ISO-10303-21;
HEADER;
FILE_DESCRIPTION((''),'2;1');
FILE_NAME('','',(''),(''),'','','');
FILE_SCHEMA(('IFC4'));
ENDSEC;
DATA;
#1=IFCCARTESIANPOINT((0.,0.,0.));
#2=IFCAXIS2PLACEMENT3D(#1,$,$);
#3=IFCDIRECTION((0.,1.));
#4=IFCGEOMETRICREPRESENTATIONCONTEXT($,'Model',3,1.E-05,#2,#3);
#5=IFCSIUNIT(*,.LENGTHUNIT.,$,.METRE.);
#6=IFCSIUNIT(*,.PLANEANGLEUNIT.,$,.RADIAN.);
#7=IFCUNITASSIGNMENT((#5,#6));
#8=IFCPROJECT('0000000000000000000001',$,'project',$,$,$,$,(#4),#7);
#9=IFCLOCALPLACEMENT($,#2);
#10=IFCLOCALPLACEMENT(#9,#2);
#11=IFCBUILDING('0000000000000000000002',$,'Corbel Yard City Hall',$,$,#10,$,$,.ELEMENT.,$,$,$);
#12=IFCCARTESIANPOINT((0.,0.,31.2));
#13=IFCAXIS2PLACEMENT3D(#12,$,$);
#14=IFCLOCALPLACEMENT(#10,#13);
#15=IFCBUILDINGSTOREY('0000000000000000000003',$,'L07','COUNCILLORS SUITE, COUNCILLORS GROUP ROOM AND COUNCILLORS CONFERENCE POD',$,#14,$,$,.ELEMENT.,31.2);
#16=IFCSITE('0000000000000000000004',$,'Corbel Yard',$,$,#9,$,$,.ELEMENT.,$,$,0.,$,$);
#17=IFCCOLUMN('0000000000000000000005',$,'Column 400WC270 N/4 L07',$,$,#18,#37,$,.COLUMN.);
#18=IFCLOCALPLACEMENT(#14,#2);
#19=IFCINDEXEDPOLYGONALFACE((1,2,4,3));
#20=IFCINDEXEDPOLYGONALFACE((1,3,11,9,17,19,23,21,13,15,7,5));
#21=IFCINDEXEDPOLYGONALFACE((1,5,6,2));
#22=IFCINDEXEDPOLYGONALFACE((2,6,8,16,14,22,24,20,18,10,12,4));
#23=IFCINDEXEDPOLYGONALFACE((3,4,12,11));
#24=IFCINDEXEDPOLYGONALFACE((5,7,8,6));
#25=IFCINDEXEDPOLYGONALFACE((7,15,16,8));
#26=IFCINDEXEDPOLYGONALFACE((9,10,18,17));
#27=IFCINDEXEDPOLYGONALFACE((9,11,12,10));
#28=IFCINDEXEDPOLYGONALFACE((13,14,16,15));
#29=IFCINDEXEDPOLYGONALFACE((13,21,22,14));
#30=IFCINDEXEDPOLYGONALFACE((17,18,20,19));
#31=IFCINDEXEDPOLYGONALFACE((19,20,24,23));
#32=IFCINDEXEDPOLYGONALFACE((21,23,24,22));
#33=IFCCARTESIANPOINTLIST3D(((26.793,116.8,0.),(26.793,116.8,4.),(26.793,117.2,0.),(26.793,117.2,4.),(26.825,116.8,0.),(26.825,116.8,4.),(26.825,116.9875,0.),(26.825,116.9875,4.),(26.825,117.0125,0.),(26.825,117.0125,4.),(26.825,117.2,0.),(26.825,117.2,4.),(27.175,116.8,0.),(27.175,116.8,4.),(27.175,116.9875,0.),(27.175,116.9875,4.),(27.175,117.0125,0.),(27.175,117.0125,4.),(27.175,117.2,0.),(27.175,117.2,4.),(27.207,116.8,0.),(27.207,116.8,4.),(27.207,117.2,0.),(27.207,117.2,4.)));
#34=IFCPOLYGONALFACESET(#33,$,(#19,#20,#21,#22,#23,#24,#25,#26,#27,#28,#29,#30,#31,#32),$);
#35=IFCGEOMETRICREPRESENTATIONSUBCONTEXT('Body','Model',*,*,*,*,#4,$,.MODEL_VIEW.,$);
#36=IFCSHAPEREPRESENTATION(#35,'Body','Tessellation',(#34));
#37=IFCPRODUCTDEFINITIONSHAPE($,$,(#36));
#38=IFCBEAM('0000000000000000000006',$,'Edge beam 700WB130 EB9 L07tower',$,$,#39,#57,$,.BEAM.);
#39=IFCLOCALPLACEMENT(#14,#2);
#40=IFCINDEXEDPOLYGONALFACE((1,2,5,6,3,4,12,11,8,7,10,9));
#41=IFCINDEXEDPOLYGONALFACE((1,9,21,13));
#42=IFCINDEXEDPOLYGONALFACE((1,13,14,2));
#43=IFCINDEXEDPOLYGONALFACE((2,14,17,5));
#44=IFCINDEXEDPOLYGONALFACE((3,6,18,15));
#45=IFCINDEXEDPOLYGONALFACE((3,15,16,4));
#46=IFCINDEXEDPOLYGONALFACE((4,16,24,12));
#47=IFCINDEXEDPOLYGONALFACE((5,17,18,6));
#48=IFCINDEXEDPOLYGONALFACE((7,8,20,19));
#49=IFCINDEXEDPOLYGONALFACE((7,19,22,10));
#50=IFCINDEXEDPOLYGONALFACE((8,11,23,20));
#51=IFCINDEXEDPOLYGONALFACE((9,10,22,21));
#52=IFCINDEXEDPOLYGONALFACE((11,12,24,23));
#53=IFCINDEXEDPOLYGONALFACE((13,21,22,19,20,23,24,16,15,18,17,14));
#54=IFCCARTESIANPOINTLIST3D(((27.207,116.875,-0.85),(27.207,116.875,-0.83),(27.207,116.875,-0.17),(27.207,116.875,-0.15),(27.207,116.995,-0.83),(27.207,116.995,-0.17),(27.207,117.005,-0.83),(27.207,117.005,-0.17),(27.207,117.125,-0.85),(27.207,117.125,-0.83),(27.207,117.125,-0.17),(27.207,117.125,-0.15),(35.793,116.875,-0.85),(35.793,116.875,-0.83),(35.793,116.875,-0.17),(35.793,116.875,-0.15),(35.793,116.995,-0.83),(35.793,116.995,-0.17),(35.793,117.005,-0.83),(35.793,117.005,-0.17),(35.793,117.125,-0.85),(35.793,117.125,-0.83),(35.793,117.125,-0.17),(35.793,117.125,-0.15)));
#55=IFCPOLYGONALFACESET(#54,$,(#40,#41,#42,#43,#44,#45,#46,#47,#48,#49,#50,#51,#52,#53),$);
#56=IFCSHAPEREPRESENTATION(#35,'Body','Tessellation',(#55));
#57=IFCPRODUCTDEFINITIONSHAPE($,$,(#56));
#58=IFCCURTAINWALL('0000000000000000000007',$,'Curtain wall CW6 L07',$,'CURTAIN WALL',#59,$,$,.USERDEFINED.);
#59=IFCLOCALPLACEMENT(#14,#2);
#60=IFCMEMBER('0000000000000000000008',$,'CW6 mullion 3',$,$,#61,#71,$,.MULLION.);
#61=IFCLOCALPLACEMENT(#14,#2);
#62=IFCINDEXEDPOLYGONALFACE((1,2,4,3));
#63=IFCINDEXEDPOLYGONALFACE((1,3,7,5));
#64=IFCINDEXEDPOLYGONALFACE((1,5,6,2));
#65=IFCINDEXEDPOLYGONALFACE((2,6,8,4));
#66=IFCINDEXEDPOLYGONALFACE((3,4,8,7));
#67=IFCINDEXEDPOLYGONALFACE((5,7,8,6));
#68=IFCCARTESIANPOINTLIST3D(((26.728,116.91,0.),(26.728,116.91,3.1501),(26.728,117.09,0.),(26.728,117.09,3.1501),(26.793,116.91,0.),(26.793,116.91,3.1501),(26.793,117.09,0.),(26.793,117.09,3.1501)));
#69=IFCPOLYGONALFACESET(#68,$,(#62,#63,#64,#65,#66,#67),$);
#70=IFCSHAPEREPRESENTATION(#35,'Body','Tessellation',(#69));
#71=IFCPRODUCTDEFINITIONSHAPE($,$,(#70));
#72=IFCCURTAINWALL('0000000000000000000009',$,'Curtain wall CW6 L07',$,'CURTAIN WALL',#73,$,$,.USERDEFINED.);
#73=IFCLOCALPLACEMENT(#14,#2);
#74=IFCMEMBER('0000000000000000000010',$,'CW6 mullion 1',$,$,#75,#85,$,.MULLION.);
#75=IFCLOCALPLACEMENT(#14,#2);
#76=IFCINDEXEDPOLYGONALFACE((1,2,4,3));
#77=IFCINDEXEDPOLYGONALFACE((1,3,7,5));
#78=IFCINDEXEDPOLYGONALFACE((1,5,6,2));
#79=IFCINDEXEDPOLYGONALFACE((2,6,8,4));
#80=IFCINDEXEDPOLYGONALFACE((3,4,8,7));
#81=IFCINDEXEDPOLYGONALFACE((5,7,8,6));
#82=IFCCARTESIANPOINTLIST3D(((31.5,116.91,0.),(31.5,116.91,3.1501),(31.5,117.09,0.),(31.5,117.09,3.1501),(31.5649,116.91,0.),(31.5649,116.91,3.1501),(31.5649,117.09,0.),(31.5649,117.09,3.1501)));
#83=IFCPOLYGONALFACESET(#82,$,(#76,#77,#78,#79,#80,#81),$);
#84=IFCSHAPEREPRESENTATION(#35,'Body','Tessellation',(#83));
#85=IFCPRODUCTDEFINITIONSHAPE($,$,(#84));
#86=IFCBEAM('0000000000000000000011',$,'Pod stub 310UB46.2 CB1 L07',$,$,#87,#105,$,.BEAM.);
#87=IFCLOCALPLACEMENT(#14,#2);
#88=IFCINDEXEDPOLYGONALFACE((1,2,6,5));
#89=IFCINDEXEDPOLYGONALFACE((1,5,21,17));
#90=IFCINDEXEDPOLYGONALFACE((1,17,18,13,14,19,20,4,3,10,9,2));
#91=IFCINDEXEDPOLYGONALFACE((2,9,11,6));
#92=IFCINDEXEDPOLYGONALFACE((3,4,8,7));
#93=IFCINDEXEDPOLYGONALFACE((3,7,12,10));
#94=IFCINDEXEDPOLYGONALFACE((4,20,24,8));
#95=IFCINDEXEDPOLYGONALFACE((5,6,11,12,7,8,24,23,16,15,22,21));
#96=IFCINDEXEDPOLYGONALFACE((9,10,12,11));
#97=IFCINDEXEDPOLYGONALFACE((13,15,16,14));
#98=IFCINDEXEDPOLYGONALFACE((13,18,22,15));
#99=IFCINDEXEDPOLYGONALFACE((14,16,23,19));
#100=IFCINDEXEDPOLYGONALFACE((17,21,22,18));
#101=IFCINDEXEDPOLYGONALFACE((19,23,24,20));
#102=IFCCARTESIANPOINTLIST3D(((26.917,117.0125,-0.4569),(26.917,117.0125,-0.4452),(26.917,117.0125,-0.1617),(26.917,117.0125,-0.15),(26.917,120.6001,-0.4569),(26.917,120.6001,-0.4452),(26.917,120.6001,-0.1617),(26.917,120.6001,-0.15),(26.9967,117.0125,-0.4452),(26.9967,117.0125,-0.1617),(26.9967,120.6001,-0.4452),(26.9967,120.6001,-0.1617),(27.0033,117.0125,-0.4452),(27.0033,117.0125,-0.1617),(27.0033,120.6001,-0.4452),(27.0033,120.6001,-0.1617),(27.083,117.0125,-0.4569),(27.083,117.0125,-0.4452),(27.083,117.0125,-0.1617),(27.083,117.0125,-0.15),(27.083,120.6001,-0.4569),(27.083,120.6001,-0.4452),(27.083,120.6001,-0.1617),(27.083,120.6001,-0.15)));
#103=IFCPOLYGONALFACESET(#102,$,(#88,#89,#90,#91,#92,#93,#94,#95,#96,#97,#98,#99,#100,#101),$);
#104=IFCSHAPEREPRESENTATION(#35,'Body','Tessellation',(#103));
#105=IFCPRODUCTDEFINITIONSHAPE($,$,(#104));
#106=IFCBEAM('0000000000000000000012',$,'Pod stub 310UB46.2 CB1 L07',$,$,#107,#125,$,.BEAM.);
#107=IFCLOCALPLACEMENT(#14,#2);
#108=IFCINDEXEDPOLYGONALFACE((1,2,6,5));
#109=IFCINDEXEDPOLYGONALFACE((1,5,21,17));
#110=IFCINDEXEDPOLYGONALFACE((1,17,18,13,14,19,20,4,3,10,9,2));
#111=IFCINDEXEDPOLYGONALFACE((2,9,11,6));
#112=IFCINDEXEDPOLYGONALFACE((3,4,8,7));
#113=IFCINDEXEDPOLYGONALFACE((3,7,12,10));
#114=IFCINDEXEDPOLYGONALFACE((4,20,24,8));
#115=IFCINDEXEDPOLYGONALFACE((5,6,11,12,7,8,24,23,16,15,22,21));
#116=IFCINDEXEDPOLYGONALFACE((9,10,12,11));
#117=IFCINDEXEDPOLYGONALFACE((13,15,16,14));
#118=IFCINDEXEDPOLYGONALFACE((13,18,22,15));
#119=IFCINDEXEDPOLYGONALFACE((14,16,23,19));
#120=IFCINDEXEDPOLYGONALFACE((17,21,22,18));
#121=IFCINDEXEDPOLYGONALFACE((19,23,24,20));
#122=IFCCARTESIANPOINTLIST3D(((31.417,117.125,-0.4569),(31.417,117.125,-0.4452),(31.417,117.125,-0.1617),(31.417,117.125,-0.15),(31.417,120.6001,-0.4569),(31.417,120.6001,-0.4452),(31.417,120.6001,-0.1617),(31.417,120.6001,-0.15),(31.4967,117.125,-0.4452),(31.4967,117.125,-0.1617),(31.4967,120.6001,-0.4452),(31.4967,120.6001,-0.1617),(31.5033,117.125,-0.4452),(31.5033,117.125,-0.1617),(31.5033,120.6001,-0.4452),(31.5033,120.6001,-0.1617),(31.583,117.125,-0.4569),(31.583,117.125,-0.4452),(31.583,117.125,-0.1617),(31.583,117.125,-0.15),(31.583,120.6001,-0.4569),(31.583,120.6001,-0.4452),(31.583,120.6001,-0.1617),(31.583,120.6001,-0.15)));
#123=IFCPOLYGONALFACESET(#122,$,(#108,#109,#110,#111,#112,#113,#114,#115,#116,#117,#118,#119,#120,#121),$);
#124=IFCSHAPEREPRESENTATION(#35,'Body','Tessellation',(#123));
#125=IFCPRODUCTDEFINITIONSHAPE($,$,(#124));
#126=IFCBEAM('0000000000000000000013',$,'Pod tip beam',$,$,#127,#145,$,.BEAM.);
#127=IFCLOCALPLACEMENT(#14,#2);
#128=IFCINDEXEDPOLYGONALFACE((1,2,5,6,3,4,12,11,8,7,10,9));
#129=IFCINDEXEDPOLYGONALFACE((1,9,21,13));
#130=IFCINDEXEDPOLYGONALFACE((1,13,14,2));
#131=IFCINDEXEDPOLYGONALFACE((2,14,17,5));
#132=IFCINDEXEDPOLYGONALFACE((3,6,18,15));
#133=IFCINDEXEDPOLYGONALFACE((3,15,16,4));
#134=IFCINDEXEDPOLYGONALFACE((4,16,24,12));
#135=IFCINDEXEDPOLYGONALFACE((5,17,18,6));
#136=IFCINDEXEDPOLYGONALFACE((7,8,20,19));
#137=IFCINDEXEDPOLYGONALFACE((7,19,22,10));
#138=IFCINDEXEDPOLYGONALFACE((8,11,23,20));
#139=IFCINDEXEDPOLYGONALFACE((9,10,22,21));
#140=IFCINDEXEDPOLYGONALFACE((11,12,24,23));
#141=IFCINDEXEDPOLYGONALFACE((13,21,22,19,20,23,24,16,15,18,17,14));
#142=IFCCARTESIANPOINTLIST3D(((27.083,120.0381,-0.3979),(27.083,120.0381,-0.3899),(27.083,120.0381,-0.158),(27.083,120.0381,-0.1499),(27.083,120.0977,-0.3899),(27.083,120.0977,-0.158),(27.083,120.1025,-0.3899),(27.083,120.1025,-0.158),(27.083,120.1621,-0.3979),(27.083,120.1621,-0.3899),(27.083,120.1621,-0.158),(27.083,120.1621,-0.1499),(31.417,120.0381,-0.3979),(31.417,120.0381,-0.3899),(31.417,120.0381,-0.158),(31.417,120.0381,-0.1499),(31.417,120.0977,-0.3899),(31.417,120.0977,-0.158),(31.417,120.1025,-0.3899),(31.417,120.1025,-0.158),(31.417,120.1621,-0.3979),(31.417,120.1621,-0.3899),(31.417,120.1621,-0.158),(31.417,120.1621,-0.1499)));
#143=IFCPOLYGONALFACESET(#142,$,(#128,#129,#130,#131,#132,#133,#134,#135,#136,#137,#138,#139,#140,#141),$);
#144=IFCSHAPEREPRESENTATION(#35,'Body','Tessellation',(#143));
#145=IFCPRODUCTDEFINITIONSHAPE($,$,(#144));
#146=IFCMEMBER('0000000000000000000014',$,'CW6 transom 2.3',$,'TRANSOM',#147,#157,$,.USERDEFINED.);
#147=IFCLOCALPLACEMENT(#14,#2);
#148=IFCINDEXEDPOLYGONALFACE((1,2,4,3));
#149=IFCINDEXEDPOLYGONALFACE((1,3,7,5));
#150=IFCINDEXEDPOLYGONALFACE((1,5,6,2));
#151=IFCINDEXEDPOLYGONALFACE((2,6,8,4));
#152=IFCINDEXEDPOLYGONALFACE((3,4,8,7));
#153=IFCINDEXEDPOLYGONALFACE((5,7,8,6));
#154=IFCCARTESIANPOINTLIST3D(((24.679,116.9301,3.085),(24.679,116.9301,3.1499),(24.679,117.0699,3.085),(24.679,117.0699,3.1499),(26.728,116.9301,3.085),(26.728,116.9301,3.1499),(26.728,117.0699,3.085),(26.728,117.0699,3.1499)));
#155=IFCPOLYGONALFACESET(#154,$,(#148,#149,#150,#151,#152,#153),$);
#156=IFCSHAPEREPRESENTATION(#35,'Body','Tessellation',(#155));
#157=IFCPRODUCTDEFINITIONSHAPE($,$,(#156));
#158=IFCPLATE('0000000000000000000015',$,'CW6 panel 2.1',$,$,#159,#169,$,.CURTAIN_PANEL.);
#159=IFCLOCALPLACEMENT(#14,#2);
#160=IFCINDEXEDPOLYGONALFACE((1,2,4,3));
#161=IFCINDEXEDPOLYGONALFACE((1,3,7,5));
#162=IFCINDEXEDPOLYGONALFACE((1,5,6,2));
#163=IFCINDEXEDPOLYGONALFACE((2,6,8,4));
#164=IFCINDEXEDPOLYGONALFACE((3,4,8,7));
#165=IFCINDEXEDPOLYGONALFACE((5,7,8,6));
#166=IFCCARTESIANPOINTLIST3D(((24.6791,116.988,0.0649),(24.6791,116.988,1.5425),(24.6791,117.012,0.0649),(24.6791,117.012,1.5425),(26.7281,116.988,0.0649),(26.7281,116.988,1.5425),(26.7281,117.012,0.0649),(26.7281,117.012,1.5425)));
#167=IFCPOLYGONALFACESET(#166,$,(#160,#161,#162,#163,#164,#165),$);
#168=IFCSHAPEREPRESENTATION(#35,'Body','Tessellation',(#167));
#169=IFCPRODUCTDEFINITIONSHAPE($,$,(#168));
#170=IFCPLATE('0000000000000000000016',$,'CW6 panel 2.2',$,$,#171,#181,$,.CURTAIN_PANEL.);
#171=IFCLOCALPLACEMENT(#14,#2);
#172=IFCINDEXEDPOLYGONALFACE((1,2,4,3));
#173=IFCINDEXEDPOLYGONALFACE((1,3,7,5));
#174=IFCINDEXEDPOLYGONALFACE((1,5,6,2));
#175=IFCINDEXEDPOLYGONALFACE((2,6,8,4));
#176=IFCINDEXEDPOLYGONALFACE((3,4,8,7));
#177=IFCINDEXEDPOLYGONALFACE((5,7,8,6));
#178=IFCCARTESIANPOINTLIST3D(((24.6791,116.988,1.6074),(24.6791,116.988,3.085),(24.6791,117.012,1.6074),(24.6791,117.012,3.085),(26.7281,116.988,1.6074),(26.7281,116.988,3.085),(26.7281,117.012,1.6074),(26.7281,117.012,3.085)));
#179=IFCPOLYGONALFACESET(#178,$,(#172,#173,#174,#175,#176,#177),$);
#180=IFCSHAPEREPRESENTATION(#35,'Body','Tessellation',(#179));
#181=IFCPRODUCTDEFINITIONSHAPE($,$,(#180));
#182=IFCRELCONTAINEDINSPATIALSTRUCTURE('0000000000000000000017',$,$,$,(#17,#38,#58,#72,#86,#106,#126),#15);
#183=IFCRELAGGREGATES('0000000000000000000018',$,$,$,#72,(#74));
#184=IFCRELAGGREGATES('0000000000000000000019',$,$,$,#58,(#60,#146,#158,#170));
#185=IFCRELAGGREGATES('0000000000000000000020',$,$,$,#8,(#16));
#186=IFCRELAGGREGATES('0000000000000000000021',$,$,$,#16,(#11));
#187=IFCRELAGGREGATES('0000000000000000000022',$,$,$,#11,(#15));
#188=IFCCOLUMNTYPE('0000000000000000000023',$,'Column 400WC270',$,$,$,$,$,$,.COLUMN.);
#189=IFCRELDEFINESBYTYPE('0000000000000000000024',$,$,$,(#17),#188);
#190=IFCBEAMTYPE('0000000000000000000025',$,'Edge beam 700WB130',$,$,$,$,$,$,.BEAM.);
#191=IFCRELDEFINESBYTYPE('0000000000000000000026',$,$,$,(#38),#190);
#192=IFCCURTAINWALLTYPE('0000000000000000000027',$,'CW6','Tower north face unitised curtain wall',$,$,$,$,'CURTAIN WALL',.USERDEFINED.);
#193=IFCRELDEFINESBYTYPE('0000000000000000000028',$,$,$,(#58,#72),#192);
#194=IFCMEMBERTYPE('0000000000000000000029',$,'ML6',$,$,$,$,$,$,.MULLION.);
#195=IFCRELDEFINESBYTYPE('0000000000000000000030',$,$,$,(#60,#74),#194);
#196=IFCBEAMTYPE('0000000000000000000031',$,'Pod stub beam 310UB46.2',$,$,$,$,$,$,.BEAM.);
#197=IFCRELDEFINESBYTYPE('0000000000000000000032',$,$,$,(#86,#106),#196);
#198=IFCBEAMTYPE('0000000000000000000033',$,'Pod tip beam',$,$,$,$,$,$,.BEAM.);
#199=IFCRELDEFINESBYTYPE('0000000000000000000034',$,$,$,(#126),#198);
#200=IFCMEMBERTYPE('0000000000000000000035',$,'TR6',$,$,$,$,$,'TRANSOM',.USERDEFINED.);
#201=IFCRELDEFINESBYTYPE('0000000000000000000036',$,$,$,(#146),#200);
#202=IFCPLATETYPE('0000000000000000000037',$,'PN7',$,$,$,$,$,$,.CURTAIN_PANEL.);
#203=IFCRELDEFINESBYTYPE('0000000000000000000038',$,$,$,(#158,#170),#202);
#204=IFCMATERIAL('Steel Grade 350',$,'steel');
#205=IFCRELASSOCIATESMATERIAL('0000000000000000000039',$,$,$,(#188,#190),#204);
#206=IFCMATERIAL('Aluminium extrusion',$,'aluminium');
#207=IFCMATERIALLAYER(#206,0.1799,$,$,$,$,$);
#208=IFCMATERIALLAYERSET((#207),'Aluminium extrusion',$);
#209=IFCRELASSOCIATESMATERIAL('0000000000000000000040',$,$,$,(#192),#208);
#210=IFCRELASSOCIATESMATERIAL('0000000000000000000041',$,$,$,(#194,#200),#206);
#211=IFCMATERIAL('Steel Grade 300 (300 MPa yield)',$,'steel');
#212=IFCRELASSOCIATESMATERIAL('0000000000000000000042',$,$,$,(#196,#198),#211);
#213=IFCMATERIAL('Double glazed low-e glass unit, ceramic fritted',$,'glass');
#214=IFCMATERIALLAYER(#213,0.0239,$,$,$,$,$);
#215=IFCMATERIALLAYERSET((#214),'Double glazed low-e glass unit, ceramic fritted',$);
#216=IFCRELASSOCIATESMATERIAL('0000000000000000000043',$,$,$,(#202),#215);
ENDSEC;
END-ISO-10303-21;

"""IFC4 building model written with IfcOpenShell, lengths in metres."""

from ifc_helpers import new_model, si_unit, direction, frame, origin, origin_2d, place, context, subcontext, project, spatial, rectangle, i_section, extrude, material, layer, layer_set, material_profile, profile_set, type_object, element, aggregate, save


model = new_model("IFC4")

# Units and contexts
model_context = context("Model", 3, precision=1e-05, world=origin(), true_north=direction((0.0, 1.0)))
body_context = subcontext(model_context, "Body", "Model", "MODEL_VIEW")
ifc_project = project(units=[si_unit("LENGTHUNIT", "METRE"), si_unit("PLANEANGLEUNIT", "RADIAN")], contexts=[model_context])

# Site, building, storey
site_placement = place(None, origin())
site = spatial("IfcSite", under=ifc_project, at=site_placement, Name="Corbel Yard", CompositionType="ELEMENT", RefElevation=0.0)
building_placement = place(site_placement, origin())
building = spatial("IfcBuilding", under=site, at=building_placement, Name="Corbel Yard City Hall", CompositionType="ELEMENT")
storey_placement = place(building_placement, frame((0.0, 0.0, 31.2)))
storey = spatial("IfcBuildingStorey", under=building, at=storey_placement, Name="L07", Description="COUNCILLORS SUITE, COUNCILLORS GROUP ROOM AND COUNCILLORS CONFERENCE POD", CompositionType="ELEMENT", Elevation=31.2)

# Column
ifc_material_1 = material(Name="Steel Grade 350", Category="steel")
ifc_material_profile_1 = material_profile(ifc_material_1, i_section(OverallWidth=0.3999, OverallDepth=0.4141, WebThickness=0.0249, FlangeThickness=0.032, at=origin_2d()), Name="400WC270")
ifc_profile_set_1 = profile_set([ifc_material_profile_1], Name="Steel Grade 350")
column_type = type_object("IfcColumnType", Name="Column 400WC270", PredefinedType="COLUMN", material=ifc_profile_set_1)
column_placement = place(storey_placement, frame((27.0, 117.0, 0.0), z_axis=(0.0, 0.0, 1.0), x_axis=(0.0, 1.0, 0.0)))
element("IfcColumn", 1, at=column_placement, inside=storey, type_object=column_type, Name="Column 400WC270 N/4 L07", PredefinedType="COLUMN", context=body_context, shape_type="SweptSolid", body=[
    extrude(i_section(OverallWidth=0.3999, OverallDepth=0.4141, WebThickness=0.0249, FlangeThickness=0.032, at=origin_2d()), origin(), (0.0, 0.0, 1.0), 4.0),
])

# Beam
ifc_material_profile_2 = material_profile(ifc_material_1, i_section(OverallWidth=0.25, OverallDepth=0.7, WebThickness=0.01, FlangeThickness=0.02, at=origin_2d()), Name="700WB130")
ifc_profile_set_2 = profile_set([ifc_material_profile_2], Name="Steel Grade 350")
beam_type_1 = type_object("IfcBeamType", Name="Edge beam 700WB130", PredefinedType="BEAM", material=ifc_profile_set_2)
beam_1_placement = place(storey_placement, frame((27.207, 117.0, -0.5), z_axis=(1.0, 0.0, 0.0), x_axis=(0.0, 1.0, 0.0)))
element("IfcBeam", 2, at=beam_1_placement, inside=storey, type_object=beam_type_1, Name="Edge beam 700WB130 EB9 L07tower", PredefinedType="BEAM", context=body_context, shape_type="SweptSolid", body=[
    extrude(i_section(OverallWidth=0.25, OverallDepth=0.7, WebThickness=0.01, FlangeThickness=0.02, at=origin_2d()), origin(), (0.0, 0.0, 1.0), 8.5859),
])

# Curtain walls, members
ifc_material_2 = material(Name="Aluminium extrusion", Category="aluminium")
ifc_layer_1 = layer(ifc_material_2, 0.1799)
ifc_layer_set_1 = layer_set([ifc_layer_1], Name="Aluminium extrusion")
curtain_wall_type = type_object("IfcCurtainWallType", Name="CW6", Description="Tower north face unitised curtain wall", ElementType="CURTAIN WALL", PredefinedType="USERDEFINED", material=ifc_layer_set_1)
curtain_wall_1_placement = place(storey_placement, origin())
curtain_wall_1 = element("IfcCurtainWall", 3, at=curtain_wall_1_placement, inside=storey, type_object=curtain_wall_type, Name="Curtain wall CW6 L07", ObjectType="CURTAIN WALL", PredefinedType="USERDEFINED")
ifc_material_profile_3 = material_profile(ifc_material_2, rectangle(XDim=0.1799, YDim=0.0649, at=origin_2d()), Name="180x65")
ifc_profile_set_3 = profile_set([ifc_material_profile_3], Name="Aluminium extrusion")
member_type_1 = type_object("IfcMemberType", Name="ML6", PredefinedType="MULLION", material=ifc_profile_set_3)
member_1_placement = place(storey_placement, frame((26.7605, 117.0, 0.0), z_axis=(0.0, 0.0, 1.0), x_axis=(0.0, 1.0, 0.0)))
member_1 = element("IfcMember", 4, at=member_1_placement, type_object=member_type_1, Name="CW6 mullion 3", PredefinedType="MULLION", context=body_context, shape_type="SweptSolid", body=[
    extrude(rectangle(XDim=0.1799, YDim=0.0649, at=origin_2d()), origin(), (0.0, 0.0, 1.0), 3.1501),
])
curtain_wall_2_placement = place(storey_placement, origin())
curtain_wall_2 = element("IfcCurtainWall", 5, at=curtain_wall_2_placement, inside=storey, type_object=curtain_wall_type, Name="Curtain wall CW6 L07", ObjectType="CURTAIN WALL", PredefinedType="USERDEFINED")
member_2_placement = place(storey_placement, frame((31.5325, 117.0, 0.0), z_axis=(0.0, 0.0, 1.0), x_axis=(0.0, 1.0, 0.0)))
member_2 = element("IfcMember", 6, at=member_2_placement, type_object=member_type_1, Name="CW6 mullion 1", PredefinedType="MULLION", context=body_context, shape_type="SweptSolid", body=[
    extrude(rectangle(XDim=0.1799, YDim=0.0649, at=origin_2d()), origin(), (0.0, 0.0, 1.0), 3.1501),
])
aggregate(curtain_wall_2, [member_2])

# Beams
ifc_material_3 = material(Name="Steel Grade 300 (300 MPa yield)", Category="steel")
ifc_material_profile_4 = material_profile(ifc_material_3, i_section(OverallWidth=0.166, OverallDepth=0.3069, WebThickness=0.0066, FlangeThickness=0.0117, at=origin_2d()), Name="310UB46.2")
ifc_profile_set_4 = profile_set([ifc_material_profile_4], Name="Steel Grade 300 (300 MPa yield)")
beam_type_2 = type_object("IfcBeamType", Name="Pod stub beam 310UB46.2", PredefinedType="BEAM", material=ifc_profile_set_4)
beam_2_placement = place(storey_placement, frame((27.0, 117.0125, -0.3035), z_axis=(0.0, 1.0, 0.0), x_axis=(-1.0, 0.0, 0.0)))
element("IfcBeam", 7, at=beam_2_placement, inside=storey, type_object=beam_type_2, Name="Pod stub 310UB46.2 CB1 L07", PredefinedType="BEAM", context=body_context, shape_type="SweptSolid", body=[
    extrude(i_section(OverallWidth=0.166, OverallDepth=0.3069, WebThickness=0.0066, FlangeThickness=0.0117, at=origin_2d()), origin(), (0.0, 0.0, 1.0), 3.5876),
])
beam_3_placement = place(storey_placement, frame((31.5, 117.125, -0.3035), z_axis=(0.0, 1.0, 0.0), x_axis=(-1.0, 0.0, 0.0)))
element("IfcBeam", 8, at=beam_3_placement, inside=storey, type_object=beam_type_2, Name="Pod stub 310UB46.2 CB1 L07", PredefinedType="BEAM", context=body_context, shape_type="SweptSolid", body=[
    extrude(i_section(OverallWidth=0.166, OverallDepth=0.3069, WebThickness=0.0066, FlangeThickness=0.0117, at=origin_2d()), origin(), (0.0, 0.0, 1.0), 3.4751),
])
ifc_material_profile_5 = material_profile(ifc_material_3, i_section(OverallWidth=0.124, OverallDepth=0.248, WebThickness=0.0049, FlangeThickness=0.0081, at=origin_2d()), Name="250UB25.7")
ifc_profile_set_5 = profile_set([ifc_material_profile_5], Name="Steel Grade 300 (300 MPa yield)")
beam_type_3 = type_object("IfcBeamType", Name="Pod tip beam", PredefinedType="BEAM", material=ifc_profile_set_5)
beam_4_placement = place(storey_placement, frame((27.083, 120.1001, -0.2739), z_axis=(1.0, 0.0, 0.0), x_axis=(0.0, 1.0, 0.0)))
element("IfcBeam", 9, at=beam_4_placement, inside=storey, type_object=beam_type_3, Name="Pod tip beam", PredefinedType="BEAM", context=body_context, shape_type="SweptSolid", body=[
    extrude(i_section(OverallWidth=0.124, OverallDepth=0.248, WebThickness=0.0049, FlangeThickness=0.0081, at=origin_2d()), origin(), (0.0, 0.0, 1.0), 4.334),
])

# Member
ifc_material_profile_6 = material_profile(ifc_material_2, rectangle(XDim=0.1399, YDim=0.0649, at=origin_2d()), Name="140x65")
ifc_profile_set_6 = profile_set([ifc_material_profile_6], Name="Aluminium extrusion")
member_type_2 = type_object("IfcMemberType", Name="TR6", ElementType="TRANSOM", PredefinedType="USERDEFINED", material=ifc_profile_set_6)
member_3_placement = place(storey_placement, frame((24.679, 117.0, 3.1174), z_axis=(1.0, 0.0, 0.0), x_axis=(0.0, 1.0, 0.0)))
member_3 = element("IfcMember", 10, at=member_3_placement, type_object=member_type_2, Name="CW6 transom 2.3", ObjectType="TRANSOM", PredefinedType="USERDEFINED", context=body_context, shape_type="SweptSolid", body=[
    extrude(rectangle(XDim=0.1399, YDim=0.0649, at=origin_2d()), origin(), (0.0, 0.0, 1.0), 2.0491),
])

# Plates
ifc_material_4 = material(Name="Double glazed low-e glass unit, ceramic fritted", Category="glass")
ifc_layer_2 = layer(ifc_material_4, 0.0239)
ifc_layer_set_2 = layer_set([ifc_layer_2], Name="Double glazed low-e glass unit, ceramic fritted")
plate_type = type_object("IfcPlateType", Name="PN7", PredefinedType="CURTAIN_PANEL", material=ifc_layer_set_2)
plate_1_placement = place(storey_placement, frame((25.7036, 117.0, 0.0649), z_axis=(0.0, 0.0, 1.0), x_axis=(1.0, 0.0, 0.0)))
plate_1 = element("IfcPlate", 11, at=plate_1_placement, type_object=plate_type, Name="CW6 panel 2.1", PredefinedType="CURTAIN_PANEL", context=body_context, shape_type="SweptSolid", body=[
    extrude(rectangle(XDim=2.0491, YDim=0.0239, at=origin_2d()), origin(), (0.0, 0.0, 1.0), 1.4775),
])
plate_2_placement = place(storey_placement, frame((25.7036, 117.0, 1.6074), z_axis=(0.0, 0.0, 1.0), x_axis=(1.0, 0.0, 0.0)))
plate_2 = element("IfcPlate", 12, at=plate_2_placement, type_object=plate_type, Name="CW6 panel 2.2", PredefinedType="CURTAIN_PANEL", context=body_context, shape_type="SweptSolid", body=[
    extrude(rectangle(XDim=2.0491, YDim=0.0239, at=origin_2d()), origin(), (0.0, 0.0, 1.0), 1.4775),
])
aggregate(curtain_wall_1, [member_1, member_3, plate_1, plate_2])

save(model, "model.ifc")
